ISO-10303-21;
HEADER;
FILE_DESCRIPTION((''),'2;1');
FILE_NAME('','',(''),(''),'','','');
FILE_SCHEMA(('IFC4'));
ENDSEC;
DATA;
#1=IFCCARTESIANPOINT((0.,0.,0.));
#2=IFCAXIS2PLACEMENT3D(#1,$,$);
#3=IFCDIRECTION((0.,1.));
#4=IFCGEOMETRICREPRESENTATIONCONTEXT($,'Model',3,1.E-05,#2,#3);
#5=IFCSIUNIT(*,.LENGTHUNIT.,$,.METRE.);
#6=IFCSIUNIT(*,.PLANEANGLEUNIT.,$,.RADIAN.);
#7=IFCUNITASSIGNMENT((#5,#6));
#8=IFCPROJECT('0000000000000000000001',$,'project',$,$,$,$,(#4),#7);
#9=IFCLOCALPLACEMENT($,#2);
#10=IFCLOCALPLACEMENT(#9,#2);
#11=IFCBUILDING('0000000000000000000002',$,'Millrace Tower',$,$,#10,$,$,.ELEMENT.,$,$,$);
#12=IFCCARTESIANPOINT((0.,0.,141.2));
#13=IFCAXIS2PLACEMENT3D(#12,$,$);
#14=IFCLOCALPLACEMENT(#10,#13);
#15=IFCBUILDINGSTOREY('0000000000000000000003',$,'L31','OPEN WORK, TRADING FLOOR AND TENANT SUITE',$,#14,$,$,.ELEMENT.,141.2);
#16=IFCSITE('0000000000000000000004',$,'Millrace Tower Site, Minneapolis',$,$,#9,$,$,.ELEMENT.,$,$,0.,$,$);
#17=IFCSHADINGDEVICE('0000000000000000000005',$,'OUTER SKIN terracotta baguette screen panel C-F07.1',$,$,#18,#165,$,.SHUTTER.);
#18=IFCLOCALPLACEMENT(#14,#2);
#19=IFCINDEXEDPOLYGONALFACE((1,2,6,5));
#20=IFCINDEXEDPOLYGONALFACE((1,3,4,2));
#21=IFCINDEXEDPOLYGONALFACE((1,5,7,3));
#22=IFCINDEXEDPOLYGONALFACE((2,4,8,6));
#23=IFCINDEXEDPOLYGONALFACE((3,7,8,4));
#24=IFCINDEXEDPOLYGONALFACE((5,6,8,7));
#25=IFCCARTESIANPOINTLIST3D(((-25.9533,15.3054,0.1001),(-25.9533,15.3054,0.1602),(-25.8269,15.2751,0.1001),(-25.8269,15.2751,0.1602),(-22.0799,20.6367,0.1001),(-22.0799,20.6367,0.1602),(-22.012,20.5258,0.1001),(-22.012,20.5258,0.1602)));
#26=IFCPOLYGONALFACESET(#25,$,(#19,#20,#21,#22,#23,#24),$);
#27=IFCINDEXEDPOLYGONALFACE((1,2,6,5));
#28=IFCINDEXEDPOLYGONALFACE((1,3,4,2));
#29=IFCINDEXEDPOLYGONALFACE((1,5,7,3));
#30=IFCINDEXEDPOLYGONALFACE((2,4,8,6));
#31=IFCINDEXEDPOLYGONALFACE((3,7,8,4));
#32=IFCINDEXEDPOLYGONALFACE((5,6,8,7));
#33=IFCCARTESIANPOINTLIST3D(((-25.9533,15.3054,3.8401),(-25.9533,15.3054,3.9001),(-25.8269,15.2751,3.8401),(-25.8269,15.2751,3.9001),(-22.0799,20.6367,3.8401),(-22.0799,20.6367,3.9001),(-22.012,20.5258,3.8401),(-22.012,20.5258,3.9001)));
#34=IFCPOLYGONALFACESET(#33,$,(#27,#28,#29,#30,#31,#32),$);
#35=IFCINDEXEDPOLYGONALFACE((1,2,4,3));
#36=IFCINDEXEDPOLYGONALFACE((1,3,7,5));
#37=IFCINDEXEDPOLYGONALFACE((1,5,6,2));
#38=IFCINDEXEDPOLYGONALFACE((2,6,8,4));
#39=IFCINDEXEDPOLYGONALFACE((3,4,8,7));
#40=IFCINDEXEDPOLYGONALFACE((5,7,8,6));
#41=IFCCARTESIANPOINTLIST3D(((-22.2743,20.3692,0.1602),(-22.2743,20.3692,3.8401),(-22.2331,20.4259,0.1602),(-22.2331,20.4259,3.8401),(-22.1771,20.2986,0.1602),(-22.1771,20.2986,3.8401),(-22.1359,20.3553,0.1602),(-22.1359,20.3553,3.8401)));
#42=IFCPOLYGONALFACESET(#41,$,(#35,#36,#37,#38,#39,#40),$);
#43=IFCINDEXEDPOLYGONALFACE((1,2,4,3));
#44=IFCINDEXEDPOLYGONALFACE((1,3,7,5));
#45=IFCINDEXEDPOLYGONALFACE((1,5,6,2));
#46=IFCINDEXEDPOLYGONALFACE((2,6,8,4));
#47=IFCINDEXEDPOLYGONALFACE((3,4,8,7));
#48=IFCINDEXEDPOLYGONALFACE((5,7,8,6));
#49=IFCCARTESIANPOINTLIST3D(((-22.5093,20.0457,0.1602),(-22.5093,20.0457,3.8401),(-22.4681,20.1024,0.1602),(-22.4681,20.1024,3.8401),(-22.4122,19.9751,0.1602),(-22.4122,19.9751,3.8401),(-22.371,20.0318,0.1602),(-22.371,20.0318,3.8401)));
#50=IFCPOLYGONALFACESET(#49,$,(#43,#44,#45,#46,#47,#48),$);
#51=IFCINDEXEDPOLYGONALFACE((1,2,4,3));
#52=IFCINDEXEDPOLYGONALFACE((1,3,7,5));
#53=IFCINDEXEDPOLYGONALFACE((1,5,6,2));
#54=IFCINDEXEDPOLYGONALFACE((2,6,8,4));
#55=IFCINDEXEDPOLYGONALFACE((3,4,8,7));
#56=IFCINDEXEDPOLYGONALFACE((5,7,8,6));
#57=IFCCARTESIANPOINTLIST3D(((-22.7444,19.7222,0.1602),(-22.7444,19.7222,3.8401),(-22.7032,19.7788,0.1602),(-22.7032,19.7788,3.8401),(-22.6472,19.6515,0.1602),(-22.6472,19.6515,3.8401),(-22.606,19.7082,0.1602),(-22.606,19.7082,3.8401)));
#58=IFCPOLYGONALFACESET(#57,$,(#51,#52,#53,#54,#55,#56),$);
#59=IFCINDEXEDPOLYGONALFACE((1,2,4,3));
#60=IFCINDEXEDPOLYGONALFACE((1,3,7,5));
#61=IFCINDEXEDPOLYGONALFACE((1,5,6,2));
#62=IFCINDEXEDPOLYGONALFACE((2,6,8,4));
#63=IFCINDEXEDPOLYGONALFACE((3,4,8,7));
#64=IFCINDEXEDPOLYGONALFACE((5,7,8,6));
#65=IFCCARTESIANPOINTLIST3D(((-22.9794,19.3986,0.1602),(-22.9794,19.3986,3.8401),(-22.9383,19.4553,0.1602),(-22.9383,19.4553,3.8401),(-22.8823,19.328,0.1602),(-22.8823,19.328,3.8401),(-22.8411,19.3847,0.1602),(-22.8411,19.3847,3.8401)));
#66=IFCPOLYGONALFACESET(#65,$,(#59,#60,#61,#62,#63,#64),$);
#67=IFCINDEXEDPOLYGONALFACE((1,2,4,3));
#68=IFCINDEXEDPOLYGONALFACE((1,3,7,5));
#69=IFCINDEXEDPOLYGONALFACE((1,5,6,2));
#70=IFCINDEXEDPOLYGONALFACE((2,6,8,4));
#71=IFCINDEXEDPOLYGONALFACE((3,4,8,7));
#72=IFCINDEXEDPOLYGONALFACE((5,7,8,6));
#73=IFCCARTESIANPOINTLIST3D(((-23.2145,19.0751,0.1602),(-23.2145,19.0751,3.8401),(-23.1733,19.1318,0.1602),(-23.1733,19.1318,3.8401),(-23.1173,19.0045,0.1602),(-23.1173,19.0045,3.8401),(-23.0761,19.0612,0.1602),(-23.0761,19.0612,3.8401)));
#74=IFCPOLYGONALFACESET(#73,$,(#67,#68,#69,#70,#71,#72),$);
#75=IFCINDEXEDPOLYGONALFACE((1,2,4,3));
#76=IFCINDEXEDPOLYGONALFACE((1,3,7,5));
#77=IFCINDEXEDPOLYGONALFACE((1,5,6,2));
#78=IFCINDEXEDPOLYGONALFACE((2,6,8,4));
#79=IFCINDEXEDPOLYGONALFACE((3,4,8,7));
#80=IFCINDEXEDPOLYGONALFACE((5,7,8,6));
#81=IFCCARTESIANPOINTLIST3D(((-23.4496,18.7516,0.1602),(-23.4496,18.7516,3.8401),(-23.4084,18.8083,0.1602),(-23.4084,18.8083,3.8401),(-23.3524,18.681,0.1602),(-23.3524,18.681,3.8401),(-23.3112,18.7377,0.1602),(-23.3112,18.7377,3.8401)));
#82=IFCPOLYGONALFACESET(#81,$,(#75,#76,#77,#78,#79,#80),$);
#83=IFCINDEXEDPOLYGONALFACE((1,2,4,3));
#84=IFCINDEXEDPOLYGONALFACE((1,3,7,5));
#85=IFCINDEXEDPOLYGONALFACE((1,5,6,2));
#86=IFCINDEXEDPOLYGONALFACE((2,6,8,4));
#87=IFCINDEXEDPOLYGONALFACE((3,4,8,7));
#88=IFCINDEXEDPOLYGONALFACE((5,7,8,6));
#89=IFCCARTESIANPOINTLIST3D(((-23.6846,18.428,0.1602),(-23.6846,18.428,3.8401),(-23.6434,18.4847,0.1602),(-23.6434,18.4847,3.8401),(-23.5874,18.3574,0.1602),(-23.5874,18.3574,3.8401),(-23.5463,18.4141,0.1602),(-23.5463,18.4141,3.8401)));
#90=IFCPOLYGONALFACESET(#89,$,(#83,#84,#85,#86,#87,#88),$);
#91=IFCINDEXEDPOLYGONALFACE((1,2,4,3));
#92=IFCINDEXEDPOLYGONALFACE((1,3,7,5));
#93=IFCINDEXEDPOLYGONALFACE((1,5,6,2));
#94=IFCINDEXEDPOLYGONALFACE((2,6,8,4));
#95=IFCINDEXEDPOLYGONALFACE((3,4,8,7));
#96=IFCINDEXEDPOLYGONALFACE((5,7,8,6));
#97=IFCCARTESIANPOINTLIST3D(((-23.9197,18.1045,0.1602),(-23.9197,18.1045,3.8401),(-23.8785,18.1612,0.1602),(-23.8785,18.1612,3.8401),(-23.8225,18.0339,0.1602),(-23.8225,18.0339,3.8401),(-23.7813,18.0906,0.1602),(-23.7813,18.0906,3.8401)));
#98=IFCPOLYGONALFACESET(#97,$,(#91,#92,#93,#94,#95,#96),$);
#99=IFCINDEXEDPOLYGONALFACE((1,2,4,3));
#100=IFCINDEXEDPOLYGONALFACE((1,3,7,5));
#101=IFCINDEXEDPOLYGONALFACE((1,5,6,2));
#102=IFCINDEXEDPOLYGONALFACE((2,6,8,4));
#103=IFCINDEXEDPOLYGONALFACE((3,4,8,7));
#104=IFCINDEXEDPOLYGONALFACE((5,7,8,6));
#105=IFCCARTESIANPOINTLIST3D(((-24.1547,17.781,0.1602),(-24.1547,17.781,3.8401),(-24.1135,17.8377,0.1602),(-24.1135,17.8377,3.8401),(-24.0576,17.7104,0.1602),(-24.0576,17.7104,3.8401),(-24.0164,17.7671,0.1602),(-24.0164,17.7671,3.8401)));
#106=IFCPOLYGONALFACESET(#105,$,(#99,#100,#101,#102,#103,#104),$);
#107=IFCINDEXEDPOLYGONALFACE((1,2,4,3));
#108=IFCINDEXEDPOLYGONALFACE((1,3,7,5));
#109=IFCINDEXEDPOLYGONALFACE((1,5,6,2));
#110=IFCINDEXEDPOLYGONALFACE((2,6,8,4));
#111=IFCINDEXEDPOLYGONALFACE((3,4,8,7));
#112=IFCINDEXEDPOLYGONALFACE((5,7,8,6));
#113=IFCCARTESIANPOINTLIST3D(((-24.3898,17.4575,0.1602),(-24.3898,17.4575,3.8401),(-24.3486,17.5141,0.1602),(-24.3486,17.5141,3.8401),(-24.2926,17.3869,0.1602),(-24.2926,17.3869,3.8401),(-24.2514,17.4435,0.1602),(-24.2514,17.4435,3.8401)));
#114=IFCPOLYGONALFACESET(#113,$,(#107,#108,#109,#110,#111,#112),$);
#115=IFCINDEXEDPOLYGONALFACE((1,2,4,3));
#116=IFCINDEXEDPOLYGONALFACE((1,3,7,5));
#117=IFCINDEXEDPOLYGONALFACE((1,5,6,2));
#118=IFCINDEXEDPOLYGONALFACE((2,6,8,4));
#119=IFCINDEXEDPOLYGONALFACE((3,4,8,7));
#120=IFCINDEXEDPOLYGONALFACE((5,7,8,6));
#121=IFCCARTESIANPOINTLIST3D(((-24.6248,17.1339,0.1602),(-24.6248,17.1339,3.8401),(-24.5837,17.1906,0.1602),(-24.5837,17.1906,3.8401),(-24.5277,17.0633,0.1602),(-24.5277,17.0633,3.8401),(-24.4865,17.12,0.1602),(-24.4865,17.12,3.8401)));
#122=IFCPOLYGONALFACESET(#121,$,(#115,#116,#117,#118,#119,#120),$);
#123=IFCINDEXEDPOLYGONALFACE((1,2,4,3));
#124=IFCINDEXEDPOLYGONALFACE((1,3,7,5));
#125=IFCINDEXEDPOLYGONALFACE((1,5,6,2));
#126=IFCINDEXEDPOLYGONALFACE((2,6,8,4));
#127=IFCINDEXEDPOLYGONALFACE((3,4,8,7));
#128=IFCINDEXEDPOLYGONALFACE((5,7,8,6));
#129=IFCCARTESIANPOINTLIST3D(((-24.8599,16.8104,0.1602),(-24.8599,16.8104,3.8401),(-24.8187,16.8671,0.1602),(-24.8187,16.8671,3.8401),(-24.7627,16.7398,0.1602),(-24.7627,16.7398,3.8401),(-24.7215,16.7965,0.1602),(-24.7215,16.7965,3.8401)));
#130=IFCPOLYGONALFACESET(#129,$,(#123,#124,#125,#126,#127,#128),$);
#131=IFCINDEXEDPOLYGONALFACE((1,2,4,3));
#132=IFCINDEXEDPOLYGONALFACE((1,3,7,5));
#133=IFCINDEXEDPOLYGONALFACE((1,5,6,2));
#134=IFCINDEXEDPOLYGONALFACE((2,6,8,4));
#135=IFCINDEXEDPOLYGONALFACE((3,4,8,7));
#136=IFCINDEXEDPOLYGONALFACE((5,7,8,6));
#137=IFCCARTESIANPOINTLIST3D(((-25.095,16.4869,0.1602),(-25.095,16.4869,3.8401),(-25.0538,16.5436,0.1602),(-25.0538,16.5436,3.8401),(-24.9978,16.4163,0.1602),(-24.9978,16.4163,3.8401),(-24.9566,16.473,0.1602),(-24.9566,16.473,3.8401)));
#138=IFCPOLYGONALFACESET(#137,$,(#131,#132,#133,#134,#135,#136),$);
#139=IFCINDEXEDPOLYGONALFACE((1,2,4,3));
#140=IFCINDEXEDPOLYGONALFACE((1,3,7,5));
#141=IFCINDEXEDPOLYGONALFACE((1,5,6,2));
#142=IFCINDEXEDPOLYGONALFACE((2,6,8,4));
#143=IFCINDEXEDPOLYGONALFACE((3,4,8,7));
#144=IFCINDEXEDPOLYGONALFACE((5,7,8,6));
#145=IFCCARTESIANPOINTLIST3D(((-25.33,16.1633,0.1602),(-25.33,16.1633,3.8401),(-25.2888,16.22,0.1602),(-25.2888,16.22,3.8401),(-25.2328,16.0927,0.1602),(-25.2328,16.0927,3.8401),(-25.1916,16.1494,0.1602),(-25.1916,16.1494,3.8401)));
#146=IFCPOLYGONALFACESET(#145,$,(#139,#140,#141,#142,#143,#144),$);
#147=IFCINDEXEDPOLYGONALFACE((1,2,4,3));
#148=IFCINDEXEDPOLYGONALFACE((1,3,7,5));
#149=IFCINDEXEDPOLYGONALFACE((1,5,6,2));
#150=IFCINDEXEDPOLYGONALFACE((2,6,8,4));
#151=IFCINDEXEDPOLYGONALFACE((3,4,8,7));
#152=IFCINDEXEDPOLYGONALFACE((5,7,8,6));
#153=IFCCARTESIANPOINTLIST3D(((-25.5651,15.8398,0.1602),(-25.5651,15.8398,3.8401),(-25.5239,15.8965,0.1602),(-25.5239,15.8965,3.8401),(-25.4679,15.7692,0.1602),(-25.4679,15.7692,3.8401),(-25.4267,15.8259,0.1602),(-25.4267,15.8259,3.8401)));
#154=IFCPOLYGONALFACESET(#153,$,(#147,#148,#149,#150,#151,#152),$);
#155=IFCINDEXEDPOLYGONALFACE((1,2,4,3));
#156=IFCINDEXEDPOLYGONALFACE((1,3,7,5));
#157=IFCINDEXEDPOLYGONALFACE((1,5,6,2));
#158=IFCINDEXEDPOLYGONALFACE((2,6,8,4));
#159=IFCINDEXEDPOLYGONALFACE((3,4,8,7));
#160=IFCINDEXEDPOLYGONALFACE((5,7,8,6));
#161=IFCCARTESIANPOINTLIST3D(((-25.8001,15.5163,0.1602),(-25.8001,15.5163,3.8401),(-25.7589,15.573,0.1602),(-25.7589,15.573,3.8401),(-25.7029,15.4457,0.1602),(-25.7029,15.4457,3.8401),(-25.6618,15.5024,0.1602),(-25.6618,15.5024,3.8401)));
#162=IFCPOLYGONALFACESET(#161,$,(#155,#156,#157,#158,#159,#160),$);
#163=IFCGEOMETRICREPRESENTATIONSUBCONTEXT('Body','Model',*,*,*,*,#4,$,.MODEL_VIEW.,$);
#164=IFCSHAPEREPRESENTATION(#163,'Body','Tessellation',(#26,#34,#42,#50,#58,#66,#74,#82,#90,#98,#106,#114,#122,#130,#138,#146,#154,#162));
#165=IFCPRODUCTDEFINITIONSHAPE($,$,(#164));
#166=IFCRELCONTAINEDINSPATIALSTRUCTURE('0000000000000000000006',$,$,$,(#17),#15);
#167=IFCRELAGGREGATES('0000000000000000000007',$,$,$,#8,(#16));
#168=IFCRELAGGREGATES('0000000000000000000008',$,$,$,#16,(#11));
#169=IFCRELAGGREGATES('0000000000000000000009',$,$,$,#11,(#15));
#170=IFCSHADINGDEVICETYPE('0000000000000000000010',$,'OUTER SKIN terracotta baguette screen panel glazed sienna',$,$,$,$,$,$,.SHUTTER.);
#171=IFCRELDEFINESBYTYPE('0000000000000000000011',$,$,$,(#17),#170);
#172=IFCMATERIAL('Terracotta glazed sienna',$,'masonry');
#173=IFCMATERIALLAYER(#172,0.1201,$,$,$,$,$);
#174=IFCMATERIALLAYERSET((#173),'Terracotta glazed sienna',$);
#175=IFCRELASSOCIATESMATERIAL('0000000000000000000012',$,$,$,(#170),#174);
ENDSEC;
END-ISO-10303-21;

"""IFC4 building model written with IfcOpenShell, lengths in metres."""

from ifc_helpers import new_model, entity, si_unit, direction, frame, frame_2d, origin, place, context, subcontext, project, spatial, rectangle, extrude, source, transform, mapped, material, layer, layer_set, type_object, element, save


model = new_model("IFC4")

# Units and contexts
model_context = context("Model", 3, precision=1e-05, world=origin(), true_north=direction((0.0, 1.0)))
body_context = subcontext(model_context, "Body", "Model", "MODEL_VIEW")
ifc_project = project(units=[si_unit("LENGTHUNIT", "METRE"), si_unit("PLANEANGLEUNIT", "RADIAN")], contexts=[model_context])

# Site, building, storey
site_placement = place(None, origin())
site = spatial("IfcSite", under=ifc_project, at=site_placement, Name="Millrace Tower Site, Minneapolis", CompositionType="ELEMENT", RefElevation=0.0)
building_placement = place(site_placement, origin())
building = spatial("IfcBuilding", under=site, at=building_placement, Name="Millrace Tower", CompositionType="ELEMENT")
storey_placement = place(building_placement, frame((0.0, 0.0, 141.2)))
storey = spatial("IfcBuildingStorey", under=building, at=storey_placement, Name="L31", Description="OPEN WORK, TRADING FLOOR AND TENANT SUITE", CompositionType="ELEMENT", Elevation=141.2)

# Shading device
ifc_material_1 = material(Name="Terracotta glazed sienna", Category="masonry")
ifc_layer_1 = layer(ifc_material_1, 0.1201)
ifc_layer_set_1 = layer_set([ifc_layer_1], Name="Terracotta glazed sienna")
shading_device_type = type_object("IfcShadingDeviceType", Name="OUTER SKIN terracotta baguette screen panel glazed sienna", PredefinedType="SHUTTER", material=ifc_layer_set_1)
cartesian_point_1 = entity("IfcCartesianPoint", [-3.2451, 0.0601])
shared_polyline_1 = entity("IfcPolyline", [cartesian_point_1, entity("IfcCartesianPoint", [3.2451, 0.0601]), entity("IfcCartesianPoint", [3.2949, -0.0601]), entity("IfcCartesianPoint", [-3.2949, -0.0601]), cartesian_point_1])
shared_shape_1 = source(origin(), body_context, "Body", "SweptSolid", [
    entity("IfcExtrudedAreaSolid", entity("IfcArbitraryClosedProfileDef", "AREA", None, shared_polyline_1), entity("IfcAxis2Placement3D", entity("IfcCartesianPoint", [0.0, 0.0, 0.0])), entity("IfcDirection", [0.0, 0.0, 1.0]), 0.0601),
    entity("IfcExtrudedAreaSolid", entity("IfcArbitraryClosedProfileDef", "AREA", None, shared_polyline_1), entity("IfcAxis2Placement3D", entity("IfcCartesianPoint", [0.0, 0.0, 3.74])), entity("IfcDirection", [0.0, 0.0, 1.0]), 0.0601),
    extrude(rectangle(XDim=0.0701, YDim=0.1201, at=frame_2d((-2.9993, 0.0))), frame((0.0, 0.0, 0.0601)), (0.0, 0.0, 1.0), 3.6799),
    extrude(rectangle(XDim=0.0701, YDim=0.1201, at=frame_2d((-2.5994, 0.0))), frame((0.0, 0.0, 0.0601)), (0.0, 0.0, 1.0), 3.6799),
    extrude(rectangle(XDim=0.0701, YDim=0.1201, at=frame_2d((-2.1995, 0.0))), frame((0.0, 0.0, 0.0601)), (0.0, 0.0, 1.0), 3.6799),
    extrude(rectangle(XDim=0.0701, YDim=0.1201, at=frame_2d((-1.7996, 0.0))), frame((0.0, 0.0, 0.0601)), (0.0, 0.0, 1.0), 3.6799),
    extrude(rectangle(XDim=0.0701, YDim=0.1201, at=frame_2d((-1.3997, 0.0))), frame((0.0, 0.0, 0.0601)), (0.0, 0.0, 1.0), 3.6799),
    extrude(rectangle(XDim=0.0701, YDim=0.1201, at=frame_2d((-0.9998, 0.0))), frame((0.0, 0.0, 0.0601)), (0.0, 0.0, 1.0), 3.6799),
    extrude(rectangle(XDim=0.0701, YDim=0.1201, at=frame_2d((-0.5999, 0.0))), frame((0.0, 0.0, 0.0601)), (0.0, 0.0, 1.0), 3.6799),
    extrude(rectangle(XDim=0.0701, YDim=0.1201, at=frame_2d((-0.2, 0.0))), frame((0.0, 0.0, 0.0601)), (0.0, 0.0, 1.0), 3.6799),
    extrude(rectangle(XDim=0.0701, YDim=0.1201, at=frame_2d((0.2, 0.0))), frame((0.0, 0.0, 0.0601)), (0.0, 0.0, 1.0), 3.6799),
    extrude(rectangle(XDim=0.0701, YDim=0.1201, at=frame_2d((0.5999, 0.0))), frame((0.0, 0.0, 0.0601)), (0.0, 0.0, 1.0), 3.6799),
    extrude(rectangle(XDim=0.0701, YDim=0.1201, at=frame_2d((0.9998, 0.0))), frame((0.0, 0.0, 0.0601)), (0.0, 0.0, 1.0), 3.6799),
    extrude(rectangle(XDim=0.0701, YDim=0.1201, at=frame_2d((1.3997, 0.0))), frame((0.0, 0.0, 0.0601)), (0.0, 0.0, 1.0), 3.6799),
    extrude(rectangle(XDim=0.0701, YDim=0.1201, at=frame_2d((1.7996, 0.0))), frame((0.0, 0.0, 0.0601)), (0.0, 0.0, 1.0), 3.6799),
    extrude(rectangle(XDim=0.0701, YDim=0.1201, at=frame_2d((2.1995, 0.0))), frame((0.0, 0.0, 0.0601)), (0.0, 0.0, 1.0), 3.6799),
    extrude(rectangle(XDim=0.0701, YDim=0.1201, at=frame_2d((2.5994, 0.0))), frame((0.0, 0.0, 0.0601)), (0.0, 0.0, 1.0), 3.6799),
    extrude(rectangle(XDim=0.0701, YDim=0.1201, at=frame_2d((2.9993, 0.0))), frame((0.0, 0.0, 0.0601)), (0.0, 0.0, 1.0), 3.6799),
])
shading_device_1_placement = place(storey_placement, frame((-23.968, 17.9358, 0.1001), z_axis=(0.0, 0.0, 1.0), x_axis=(-0.587785, -0.809017, 0.0)))
element("IfcShadingDevice", 1, at=shading_device_1_placement, inside=storey, type_object=shading_device_type, Name="OUTER SKIN terracotta baguette screen panel C-F07.1", PredefinedType="SHUTTER", context=body_context, shape_type="MappedRepresentation", body=[
    mapped(shared_shape_1, transform((0.0, 0.0, 0.0), scale=1.0)),
])

save(model, "model.ifc")
